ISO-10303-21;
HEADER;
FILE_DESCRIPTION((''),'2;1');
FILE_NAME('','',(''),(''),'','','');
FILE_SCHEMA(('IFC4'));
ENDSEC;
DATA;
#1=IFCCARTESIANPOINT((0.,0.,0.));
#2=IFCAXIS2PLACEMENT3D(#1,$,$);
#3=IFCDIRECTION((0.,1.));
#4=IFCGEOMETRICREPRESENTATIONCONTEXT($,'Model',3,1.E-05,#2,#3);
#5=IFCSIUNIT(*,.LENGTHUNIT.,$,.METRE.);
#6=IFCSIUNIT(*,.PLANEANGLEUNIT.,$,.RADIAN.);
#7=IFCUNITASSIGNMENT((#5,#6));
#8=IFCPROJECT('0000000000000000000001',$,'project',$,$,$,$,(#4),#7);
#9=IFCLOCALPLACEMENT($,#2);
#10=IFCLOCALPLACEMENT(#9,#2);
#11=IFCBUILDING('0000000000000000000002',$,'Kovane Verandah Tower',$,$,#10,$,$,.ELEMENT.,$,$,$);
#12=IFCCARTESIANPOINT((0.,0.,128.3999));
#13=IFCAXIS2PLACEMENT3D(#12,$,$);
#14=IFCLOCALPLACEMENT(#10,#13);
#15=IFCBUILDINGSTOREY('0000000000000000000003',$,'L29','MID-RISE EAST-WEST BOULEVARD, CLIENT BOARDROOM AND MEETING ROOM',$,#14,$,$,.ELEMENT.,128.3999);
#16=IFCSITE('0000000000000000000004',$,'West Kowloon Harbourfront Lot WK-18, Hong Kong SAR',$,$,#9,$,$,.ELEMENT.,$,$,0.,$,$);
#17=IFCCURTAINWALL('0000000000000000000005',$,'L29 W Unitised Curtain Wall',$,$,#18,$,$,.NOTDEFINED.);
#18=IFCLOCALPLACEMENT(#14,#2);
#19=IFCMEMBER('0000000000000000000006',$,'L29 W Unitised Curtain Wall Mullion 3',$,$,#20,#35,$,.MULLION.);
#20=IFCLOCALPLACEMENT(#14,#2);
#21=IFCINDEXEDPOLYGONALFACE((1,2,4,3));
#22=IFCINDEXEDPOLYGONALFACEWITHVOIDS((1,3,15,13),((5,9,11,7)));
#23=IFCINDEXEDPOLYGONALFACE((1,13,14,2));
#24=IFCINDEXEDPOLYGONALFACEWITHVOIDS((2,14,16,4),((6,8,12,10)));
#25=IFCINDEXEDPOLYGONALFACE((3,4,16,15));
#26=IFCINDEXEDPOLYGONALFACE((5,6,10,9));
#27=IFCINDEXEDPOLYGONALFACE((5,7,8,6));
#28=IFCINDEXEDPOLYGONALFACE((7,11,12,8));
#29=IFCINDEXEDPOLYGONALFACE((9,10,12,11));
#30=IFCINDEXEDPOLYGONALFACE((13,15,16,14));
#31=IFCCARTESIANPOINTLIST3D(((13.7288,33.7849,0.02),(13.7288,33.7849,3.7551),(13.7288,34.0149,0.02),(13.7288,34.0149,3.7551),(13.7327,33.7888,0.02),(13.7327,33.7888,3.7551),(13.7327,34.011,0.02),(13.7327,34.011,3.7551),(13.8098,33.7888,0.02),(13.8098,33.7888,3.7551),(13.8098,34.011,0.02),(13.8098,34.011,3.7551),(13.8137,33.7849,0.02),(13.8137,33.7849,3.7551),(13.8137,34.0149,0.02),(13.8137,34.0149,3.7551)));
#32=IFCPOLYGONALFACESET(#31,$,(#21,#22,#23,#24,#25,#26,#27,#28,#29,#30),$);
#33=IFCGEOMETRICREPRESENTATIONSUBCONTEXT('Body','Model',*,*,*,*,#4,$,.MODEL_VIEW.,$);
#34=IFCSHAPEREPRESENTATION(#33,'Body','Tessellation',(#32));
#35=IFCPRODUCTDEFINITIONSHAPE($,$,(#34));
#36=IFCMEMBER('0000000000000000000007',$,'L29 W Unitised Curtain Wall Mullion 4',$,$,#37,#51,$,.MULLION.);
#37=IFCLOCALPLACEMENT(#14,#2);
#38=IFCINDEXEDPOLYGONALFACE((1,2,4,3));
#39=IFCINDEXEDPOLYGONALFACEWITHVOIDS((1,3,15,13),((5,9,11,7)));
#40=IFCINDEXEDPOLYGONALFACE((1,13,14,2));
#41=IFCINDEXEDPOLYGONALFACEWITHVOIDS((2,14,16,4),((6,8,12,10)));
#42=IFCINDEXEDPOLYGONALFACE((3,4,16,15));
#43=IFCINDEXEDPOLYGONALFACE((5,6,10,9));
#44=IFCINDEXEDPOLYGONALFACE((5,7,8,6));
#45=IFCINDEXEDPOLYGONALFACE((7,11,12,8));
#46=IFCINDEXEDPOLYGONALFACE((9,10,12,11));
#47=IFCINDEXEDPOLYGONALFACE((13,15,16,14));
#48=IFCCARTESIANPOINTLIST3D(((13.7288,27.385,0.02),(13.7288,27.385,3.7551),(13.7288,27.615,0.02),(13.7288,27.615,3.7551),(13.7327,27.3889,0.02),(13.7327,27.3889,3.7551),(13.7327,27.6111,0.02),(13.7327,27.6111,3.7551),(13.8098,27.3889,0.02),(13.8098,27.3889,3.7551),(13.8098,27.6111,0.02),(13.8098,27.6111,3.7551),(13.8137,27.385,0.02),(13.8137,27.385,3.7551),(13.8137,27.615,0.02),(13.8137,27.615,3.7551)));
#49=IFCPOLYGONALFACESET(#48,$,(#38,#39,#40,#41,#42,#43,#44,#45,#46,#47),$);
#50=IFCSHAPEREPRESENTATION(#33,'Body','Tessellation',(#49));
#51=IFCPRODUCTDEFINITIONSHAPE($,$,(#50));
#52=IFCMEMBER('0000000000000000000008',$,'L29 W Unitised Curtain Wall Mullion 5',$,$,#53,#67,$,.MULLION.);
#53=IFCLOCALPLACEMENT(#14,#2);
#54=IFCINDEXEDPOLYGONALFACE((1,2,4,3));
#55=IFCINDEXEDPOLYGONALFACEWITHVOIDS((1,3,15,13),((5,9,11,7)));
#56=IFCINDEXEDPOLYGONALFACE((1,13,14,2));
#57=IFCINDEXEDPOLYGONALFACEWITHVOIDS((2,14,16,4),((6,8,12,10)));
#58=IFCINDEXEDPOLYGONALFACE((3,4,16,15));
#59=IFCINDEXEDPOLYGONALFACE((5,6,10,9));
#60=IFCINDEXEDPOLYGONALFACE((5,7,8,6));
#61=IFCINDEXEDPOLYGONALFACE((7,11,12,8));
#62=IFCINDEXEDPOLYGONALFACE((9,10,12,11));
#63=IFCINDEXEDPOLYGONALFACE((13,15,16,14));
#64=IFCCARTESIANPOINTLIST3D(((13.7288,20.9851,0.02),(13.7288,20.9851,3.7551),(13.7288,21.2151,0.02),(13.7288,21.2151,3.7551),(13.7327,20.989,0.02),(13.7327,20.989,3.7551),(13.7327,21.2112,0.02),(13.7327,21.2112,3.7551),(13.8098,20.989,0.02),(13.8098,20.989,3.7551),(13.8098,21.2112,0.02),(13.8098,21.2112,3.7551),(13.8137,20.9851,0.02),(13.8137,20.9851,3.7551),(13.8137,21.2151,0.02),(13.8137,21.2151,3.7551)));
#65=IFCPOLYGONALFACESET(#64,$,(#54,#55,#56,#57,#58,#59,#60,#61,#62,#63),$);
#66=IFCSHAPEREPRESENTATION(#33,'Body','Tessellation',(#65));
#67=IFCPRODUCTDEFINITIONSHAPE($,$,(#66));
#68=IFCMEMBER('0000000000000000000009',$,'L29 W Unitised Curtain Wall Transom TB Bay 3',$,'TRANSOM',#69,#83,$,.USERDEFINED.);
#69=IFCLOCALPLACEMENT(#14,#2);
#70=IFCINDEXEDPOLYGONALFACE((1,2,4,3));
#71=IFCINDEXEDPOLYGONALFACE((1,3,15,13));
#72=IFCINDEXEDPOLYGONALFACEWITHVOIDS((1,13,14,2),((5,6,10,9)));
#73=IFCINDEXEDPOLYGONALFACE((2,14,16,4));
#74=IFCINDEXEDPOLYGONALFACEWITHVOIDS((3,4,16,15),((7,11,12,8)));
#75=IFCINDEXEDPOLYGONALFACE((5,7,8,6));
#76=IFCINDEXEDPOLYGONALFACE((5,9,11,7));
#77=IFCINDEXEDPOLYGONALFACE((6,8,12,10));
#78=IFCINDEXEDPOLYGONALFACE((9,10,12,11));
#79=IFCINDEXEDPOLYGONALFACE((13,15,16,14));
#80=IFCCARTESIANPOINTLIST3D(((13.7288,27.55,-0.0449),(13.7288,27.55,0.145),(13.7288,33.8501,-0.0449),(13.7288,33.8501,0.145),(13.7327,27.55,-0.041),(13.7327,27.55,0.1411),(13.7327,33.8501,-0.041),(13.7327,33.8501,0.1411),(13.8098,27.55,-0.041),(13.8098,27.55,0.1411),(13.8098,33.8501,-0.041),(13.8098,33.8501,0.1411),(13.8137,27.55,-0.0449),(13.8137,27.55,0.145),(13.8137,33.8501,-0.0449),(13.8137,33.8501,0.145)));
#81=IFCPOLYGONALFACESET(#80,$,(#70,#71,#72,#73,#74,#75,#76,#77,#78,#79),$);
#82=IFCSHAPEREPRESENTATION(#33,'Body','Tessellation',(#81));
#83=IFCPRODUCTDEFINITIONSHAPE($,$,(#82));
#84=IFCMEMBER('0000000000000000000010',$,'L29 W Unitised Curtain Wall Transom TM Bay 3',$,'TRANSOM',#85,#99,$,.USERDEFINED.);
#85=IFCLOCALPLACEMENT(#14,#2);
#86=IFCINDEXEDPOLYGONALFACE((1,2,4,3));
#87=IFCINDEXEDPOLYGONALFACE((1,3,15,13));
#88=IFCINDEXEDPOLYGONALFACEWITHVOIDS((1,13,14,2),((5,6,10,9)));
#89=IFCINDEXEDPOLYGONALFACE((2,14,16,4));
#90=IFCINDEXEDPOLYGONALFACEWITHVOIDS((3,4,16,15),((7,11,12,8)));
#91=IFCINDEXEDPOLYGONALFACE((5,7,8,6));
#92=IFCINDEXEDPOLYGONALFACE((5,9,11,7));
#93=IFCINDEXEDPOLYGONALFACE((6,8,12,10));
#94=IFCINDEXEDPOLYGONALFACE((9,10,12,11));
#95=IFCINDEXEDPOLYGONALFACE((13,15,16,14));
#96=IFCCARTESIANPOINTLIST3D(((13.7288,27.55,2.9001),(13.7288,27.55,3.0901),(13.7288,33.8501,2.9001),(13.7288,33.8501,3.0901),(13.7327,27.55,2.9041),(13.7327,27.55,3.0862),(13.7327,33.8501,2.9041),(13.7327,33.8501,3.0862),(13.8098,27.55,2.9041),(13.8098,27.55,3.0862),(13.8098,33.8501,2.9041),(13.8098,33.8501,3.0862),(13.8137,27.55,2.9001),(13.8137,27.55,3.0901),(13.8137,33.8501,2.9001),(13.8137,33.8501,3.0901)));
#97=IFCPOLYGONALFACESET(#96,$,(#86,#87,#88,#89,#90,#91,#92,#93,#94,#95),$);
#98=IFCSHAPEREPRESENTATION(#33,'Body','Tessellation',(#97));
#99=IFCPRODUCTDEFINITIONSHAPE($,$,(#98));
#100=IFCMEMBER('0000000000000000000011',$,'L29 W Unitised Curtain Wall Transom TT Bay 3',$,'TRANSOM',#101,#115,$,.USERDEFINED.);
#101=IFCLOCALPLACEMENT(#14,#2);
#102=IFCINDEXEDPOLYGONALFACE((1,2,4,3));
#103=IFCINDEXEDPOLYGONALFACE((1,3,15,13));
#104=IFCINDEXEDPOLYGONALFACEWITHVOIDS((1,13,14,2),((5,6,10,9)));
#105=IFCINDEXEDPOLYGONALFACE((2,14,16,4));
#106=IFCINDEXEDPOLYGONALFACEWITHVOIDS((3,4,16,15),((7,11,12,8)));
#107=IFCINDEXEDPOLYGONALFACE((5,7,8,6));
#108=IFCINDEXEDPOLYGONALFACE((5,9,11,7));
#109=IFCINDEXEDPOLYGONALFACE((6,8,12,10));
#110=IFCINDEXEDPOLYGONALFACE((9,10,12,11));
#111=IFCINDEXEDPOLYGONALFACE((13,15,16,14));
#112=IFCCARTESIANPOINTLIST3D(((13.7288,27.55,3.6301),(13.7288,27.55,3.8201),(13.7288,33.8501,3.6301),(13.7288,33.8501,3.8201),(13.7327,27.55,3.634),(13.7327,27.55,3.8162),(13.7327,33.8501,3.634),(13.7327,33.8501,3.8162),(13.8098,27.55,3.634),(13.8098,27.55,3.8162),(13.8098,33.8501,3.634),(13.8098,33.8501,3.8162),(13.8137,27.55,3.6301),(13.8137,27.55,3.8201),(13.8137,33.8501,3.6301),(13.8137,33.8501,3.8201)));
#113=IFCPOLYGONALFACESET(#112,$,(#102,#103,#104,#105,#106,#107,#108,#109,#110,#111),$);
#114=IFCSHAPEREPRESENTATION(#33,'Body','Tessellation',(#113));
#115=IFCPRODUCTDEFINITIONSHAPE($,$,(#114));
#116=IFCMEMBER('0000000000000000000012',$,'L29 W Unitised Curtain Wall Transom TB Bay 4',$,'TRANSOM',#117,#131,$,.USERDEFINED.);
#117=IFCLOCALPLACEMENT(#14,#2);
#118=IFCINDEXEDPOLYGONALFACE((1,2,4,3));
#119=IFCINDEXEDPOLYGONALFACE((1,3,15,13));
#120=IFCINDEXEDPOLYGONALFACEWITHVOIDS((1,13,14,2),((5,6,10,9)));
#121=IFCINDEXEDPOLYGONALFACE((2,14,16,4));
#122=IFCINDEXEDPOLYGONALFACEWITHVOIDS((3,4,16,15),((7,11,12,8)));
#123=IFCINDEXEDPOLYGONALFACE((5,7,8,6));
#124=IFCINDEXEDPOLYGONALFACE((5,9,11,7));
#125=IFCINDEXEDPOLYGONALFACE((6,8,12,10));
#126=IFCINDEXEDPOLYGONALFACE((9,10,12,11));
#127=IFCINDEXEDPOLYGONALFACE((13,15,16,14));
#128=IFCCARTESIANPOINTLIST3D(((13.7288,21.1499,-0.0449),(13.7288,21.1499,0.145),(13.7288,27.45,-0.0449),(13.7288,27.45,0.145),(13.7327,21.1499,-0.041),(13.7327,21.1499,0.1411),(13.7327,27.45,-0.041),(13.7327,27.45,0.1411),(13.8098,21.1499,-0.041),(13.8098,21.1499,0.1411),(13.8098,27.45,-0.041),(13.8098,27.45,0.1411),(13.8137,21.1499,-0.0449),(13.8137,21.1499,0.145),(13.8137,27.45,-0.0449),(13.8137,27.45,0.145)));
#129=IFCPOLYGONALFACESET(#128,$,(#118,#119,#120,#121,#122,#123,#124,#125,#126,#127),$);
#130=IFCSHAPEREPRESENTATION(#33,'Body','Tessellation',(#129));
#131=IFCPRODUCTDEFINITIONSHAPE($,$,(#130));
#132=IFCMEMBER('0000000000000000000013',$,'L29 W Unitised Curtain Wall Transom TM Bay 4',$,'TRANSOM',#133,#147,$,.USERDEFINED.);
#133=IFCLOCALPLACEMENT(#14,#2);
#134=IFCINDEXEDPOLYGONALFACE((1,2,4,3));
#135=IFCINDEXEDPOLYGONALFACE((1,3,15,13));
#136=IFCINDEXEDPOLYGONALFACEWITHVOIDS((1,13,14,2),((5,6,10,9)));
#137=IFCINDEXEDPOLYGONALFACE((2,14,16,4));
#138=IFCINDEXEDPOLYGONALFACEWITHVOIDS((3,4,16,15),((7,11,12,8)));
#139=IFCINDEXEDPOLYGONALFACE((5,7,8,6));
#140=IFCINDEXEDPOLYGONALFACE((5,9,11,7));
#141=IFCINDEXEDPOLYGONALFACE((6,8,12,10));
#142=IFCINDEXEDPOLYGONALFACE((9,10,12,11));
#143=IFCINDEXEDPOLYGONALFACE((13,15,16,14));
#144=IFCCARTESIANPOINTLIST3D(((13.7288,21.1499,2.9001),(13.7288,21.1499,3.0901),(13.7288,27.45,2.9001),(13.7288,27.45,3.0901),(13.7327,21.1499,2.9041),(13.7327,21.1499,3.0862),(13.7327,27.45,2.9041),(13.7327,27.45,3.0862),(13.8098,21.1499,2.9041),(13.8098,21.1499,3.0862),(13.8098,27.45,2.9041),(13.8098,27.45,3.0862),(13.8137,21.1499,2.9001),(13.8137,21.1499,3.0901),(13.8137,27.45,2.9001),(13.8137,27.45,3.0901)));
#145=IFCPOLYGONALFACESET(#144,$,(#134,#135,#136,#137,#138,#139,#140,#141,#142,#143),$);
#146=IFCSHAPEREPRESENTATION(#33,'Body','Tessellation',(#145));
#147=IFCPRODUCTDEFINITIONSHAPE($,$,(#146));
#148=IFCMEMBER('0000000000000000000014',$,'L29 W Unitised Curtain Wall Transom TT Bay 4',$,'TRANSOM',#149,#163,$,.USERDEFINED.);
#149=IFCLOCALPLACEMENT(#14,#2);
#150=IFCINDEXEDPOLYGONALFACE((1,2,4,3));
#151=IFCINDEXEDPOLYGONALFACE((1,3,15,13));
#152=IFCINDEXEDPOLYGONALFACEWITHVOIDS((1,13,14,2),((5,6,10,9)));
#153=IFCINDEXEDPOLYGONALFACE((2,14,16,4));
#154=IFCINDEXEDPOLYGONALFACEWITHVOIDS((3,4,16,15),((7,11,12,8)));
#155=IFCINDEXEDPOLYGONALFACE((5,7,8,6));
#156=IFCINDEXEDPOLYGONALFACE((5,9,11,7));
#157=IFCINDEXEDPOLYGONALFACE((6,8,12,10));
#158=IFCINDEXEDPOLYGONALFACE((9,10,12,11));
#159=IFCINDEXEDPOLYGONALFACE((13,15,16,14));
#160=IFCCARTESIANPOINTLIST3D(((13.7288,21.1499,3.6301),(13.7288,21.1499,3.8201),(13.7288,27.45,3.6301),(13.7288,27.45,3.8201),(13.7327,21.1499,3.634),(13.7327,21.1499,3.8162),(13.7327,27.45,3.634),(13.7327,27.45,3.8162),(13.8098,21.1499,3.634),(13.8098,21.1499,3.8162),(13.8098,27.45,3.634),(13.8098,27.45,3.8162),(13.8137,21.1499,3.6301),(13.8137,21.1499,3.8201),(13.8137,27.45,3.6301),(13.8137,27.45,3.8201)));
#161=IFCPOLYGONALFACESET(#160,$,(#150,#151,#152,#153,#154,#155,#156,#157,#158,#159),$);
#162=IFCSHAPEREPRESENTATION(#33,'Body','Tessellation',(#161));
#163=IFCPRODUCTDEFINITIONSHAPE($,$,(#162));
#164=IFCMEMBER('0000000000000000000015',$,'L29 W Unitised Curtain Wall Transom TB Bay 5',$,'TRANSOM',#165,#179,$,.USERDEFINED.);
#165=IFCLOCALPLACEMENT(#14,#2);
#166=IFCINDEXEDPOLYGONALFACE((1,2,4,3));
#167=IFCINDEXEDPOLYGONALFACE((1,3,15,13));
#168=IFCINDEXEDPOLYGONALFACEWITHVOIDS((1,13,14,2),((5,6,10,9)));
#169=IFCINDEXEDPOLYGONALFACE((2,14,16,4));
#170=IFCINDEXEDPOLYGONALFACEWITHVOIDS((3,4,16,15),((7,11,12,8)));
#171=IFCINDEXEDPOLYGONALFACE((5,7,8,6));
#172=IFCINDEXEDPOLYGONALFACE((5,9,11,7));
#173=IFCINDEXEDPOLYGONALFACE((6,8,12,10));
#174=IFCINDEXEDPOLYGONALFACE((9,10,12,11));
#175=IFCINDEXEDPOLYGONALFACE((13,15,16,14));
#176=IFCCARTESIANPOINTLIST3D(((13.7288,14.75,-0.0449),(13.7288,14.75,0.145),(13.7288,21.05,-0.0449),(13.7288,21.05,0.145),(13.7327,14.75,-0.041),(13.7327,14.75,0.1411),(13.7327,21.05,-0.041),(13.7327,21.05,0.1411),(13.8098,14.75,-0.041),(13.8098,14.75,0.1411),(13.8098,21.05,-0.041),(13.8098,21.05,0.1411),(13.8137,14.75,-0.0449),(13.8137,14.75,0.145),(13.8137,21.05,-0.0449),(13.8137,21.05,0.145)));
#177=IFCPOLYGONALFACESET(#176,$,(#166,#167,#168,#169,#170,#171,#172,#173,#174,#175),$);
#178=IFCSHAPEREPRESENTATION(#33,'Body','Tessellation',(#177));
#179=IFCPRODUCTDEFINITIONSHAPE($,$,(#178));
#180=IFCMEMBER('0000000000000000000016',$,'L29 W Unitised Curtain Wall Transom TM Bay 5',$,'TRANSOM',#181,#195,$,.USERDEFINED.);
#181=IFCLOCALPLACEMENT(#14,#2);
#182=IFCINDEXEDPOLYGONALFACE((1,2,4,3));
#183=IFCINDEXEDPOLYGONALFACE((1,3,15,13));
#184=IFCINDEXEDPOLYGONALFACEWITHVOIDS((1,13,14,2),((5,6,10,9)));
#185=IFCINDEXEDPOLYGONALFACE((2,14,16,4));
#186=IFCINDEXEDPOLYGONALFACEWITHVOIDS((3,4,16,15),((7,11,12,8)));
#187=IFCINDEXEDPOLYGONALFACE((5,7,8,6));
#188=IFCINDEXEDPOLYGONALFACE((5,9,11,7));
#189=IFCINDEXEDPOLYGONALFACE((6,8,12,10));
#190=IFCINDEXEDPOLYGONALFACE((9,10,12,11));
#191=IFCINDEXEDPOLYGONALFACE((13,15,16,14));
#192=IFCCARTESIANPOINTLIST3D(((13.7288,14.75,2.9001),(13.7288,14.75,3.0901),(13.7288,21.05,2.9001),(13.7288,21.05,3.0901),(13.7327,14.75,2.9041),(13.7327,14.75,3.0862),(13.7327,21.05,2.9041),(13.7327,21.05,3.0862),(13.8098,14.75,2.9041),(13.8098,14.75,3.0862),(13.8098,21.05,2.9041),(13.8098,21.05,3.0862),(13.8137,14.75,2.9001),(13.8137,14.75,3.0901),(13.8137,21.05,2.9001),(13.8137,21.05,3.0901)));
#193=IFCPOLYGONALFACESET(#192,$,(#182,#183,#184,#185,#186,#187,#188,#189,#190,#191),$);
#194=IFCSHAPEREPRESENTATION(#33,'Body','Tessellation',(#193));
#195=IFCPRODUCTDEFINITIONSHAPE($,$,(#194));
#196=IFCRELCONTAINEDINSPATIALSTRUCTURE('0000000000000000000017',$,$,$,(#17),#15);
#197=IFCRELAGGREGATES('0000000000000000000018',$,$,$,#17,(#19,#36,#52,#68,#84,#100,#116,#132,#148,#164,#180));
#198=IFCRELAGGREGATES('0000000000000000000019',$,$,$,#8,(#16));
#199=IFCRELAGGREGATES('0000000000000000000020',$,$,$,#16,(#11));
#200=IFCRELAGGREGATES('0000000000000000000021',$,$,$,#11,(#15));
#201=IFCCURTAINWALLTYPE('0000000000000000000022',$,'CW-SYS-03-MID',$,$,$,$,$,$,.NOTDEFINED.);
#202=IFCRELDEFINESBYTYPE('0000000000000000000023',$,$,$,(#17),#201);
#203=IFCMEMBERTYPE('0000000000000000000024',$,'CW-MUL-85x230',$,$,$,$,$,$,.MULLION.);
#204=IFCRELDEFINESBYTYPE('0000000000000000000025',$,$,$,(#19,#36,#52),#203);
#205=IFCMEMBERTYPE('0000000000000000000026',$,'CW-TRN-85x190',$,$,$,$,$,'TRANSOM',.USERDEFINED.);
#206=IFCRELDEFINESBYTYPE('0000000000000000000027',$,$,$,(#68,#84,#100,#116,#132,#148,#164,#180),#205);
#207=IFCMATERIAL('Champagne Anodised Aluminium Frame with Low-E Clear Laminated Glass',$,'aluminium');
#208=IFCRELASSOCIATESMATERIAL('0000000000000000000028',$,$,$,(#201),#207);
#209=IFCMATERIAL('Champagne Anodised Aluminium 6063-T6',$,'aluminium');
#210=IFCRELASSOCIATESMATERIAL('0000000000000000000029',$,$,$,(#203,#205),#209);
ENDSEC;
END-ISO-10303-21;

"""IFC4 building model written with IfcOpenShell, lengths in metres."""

from ifc_helpers import new_model, si_unit, direction, frame, origin, origin_2d, place, context, subcontext, project, spatial, hollow_rectangle, extrude, material, material_profile, profile_set, type_object, element, aggregate, save


model = new_model("IFC4")

# Units and contexts
model_context = context("Model", 3, precision=1e-05, world=origin(), true_north=direction((0.0, 1.0)))
body_context = subcontext(model_context, "Body", "Model", "MODEL_VIEW")
ifc_project = project(units=[si_unit("LENGTHUNIT", "METRE"), si_unit("PLANEANGLEUNIT", "RADIAN")], contexts=[model_context])

# Site, building, storey
site_placement = place(None, origin())
site = spatial("IfcSite", under=ifc_project, at=site_placement, Name="West Kowloon Harbourfront Lot WK-18, Hong Kong SAR", CompositionType="ELEMENT", RefElevation=0.0)
building_placement = place(site_placement, origin())
building = spatial("IfcBuilding", under=site, at=building_placement, Name="Kovane Verandah Tower", CompositionType="ELEMENT")
storey_placement = place(building_placement, frame((0.0, 0.0, 128.3999)))
storey = spatial("IfcBuildingStorey", under=building, at=storey_placement, Name="L29", Description="MID-RISE EAST-WEST BOULEVARD, CLIENT BOARDROOM AND MEETING ROOM", CompositionType="ELEMENT", Elevation=128.3999)

# Curtain wall, members
ifc_material_1 = material(Name="Champagne Anodised Aluminium Frame with Low-E Clear Laminated Glass", Category="aluminium")
curtain_wall_type = type_object("IfcCurtainWallType", Name="CW-SYS-03-MID", PredefinedType="NOTDEFINED", material=ifc_material_1)
curtain_wall_placement = place(storey_placement, origin())
curtain_wall = element("IfcCurtainWall", 1, at=curtain_wall_placement, inside=storey, type_object=curtain_wall_type, Name="L29 W Unitised Curtain Wall", PredefinedType="NOTDEFINED")
ifc_material_2 = material(Name="Champagne Anodised Aluminium 6063-T6", Category="aluminium")
ifc_material_profile_1 = material_profile(ifc_material_2, hollow_rectangle(XDim=0.085, YDim=0.23, WallThickness=0.0039, at=origin_2d()), Name="AL85x230x4")
ifc_profile_set_1 = profile_set([ifc_material_profile_1], Name="Champagne Anodised Aluminium 6063-T6")
member_type_1 = type_object("IfcMemberType", Name="CW-MUL-85x230", PredefinedType="MULLION", material=ifc_profile_set_1)
member_1_placement = place(storey_placement, frame((13.7712, 33.8999, 0.02), z_axis=(0.0, 0.0, 1.0), x_axis=(-1.0, 0.0, 0.0)))
member_1 = element("IfcMember", 2, at=member_1_placement, type_object=member_type_1, Name="L29 W Unitised Curtain Wall Mullion 3", PredefinedType="MULLION", context=body_context, shape_type="SweptSolid", body=[
    extrude(hollow_rectangle(XDim=0.085, YDim=0.23, WallThickness=0.0039, at=origin_2d()), origin(), (0.0, 0.0, 1.0), 3.7351),
])
member_2_placement = place(storey_placement, frame((13.7712, 27.5, 0.02), z_axis=(0.0, 0.0, 1.0), x_axis=(-1.0, 0.0, 0.0)))
member_2 = element("IfcMember", 3, at=member_2_placement, type_object=member_type_1, Name="L29 W Unitised Curtain Wall Mullion 4", PredefinedType="MULLION", context=body_context, shape_type="SweptSolid", body=[
    extrude(hollow_rectangle(XDim=0.085, YDim=0.23, WallThickness=0.0039, at=origin_2d()), origin(), (0.0, 0.0, 1.0), 3.7351),
])
member_3_placement = place(storey_placement, frame((13.7712, 21.1001, 0.02), z_axis=(0.0, 0.0, 1.0), x_axis=(-1.0, 0.0, 0.0)))
member_3 = element("IfcMember", 4, at=member_3_placement, type_object=member_type_1, Name="L29 W Unitised Curtain Wall Mullion 5", PredefinedType="MULLION", context=body_context, shape_type="SweptSolid", body=[
    extrude(hollow_rectangle(XDim=0.085, YDim=0.23, WallThickness=0.0039, at=origin_2d()), origin(), (0.0, 0.0, 1.0), 3.7351),
])
ifc_material_profile_2 = material_profile(ifc_material_2, hollow_rectangle(XDim=0.085, YDim=0.1899, WallThickness=0.0039, at=origin_2d()), Name="AL85x190x4")
ifc_profile_set_2 = profile_set([ifc_material_profile_2], Name="Champagne Anodised Aluminium 6063-T6")
member_type_2 = type_object("IfcMemberType", Name="CW-TRN-85x190", ElementType="TRANSOM", PredefinedType="USERDEFINED", material=ifc_profile_set_2)
member_4_placement = place(storey_placement, frame((13.7712, 33.8501, 0.05), z_axis=(0.0, -1.0, 0.0), x_axis=(1.0, 0.0, 0.0)))
member_4 = element("IfcMember", 5, at=member_4_placement, type_object=member_type_2, Name="L29 W Unitised Curtain Wall Transom TB Bay 3", ObjectType="TRANSOM", PredefinedType="USERDEFINED", context=body_context, shape_type="SweptSolid", body=[
    extrude(hollow_rectangle(XDim=0.085, YDim=0.1899, WallThickness=0.0039, at=origin_2d()), origin(), (0.0, 0.0, 1.0), 6.3),
])
member_5_placement = place(storey_placement, frame((13.7712, 33.8501, 2.9951), z_axis=(0.0, -1.0, 0.0), x_axis=(1.0, 0.0, 0.0)))
member_5 = element("IfcMember", 6, at=member_5_placement, type_object=member_type_2, Name="L29 W Unitised Curtain Wall Transom TM Bay 3", ObjectType="TRANSOM", PredefinedType="USERDEFINED", context=body_context, shape_type="SweptSolid", body=[
    extrude(hollow_rectangle(XDim=0.085, YDim=0.1899, WallThickness=0.0039, at=origin_2d()), origin(), (0.0, 0.0, 1.0), 6.3),
])
member_6_placement = place(storey_placement, frame((13.7712, 33.8501, 3.7251), z_axis=(0.0, -1.0, 0.0), x_axis=(1.0, 0.0, 0.0)))
member_6 = element("IfcMember", 7, at=member_6_placement, type_object=member_type_2, Name="L29 W Unitised Curtain Wall Transom TT Bay 3", ObjectType="TRANSOM", PredefinedType="USERDEFINED", context=body_context, shape_type="SweptSolid", body=[
    extrude(hollow_rectangle(XDim=0.085, YDim=0.1899, WallThickness=0.0039, at=origin_2d()), origin(), (0.0, 0.0, 1.0), 6.3),
])
member_7_placement = place(storey_placement, frame((13.7712, 27.45, 0.05), z_axis=(0.0, -1.0, 0.0), x_axis=(1.0, 0.0, 0.0)))
member_7 = element("IfcMember", 8, at=member_7_placement, type_object=member_type_2, Name="L29 W Unitised Curtain Wall Transom TB Bay 4", ObjectType="TRANSOM", PredefinedType="USERDEFINED", context=body_context, shape_type="SweptSolid", body=[
    extrude(hollow_rectangle(XDim=0.085, YDim=0.1899, WallThickness=0.0039, at=origin_2d()), origin(), (0.0, 0.0, 1.0), 6.3),
])
member_8_placement = place(storey_placement, frame((13.7712, 27.45, 2.9951), z_axis=(0.0, -1.0, 0.0), x_axis=(1.0, 0.0, 0.0)))
member_8 = element("IfcMember", 9, at=member_8_placement, type_object=member_type_2, Name="L29 W Unitised Curtain Wall Transom TM Bay 4", ObjectType="TRANSOM", PredefinedType="USERDEFINED", context=body_context, shape_type="SweptSolid", body=[
    extrude(hollow_rectangle(XDim=0.085, YDim=0.1899, WallThickness=0.0039, at=origin_2d()), origin(), (0.0, 0.0, 1.0), 6.3),
])
member_9_placement = place(storey_placement, frame((13.7712, 27.45, 3.7251), z_axis=(0.0, -1.0, 0.0), x_axis=(1.0, 0.0, 0.0)))
member_9 = element("IfcMember", 10, at=member_9_placement, type_object=member_type_2, Name="L29 W Unitised Curtain Wall Transom TT Bay 4", ObjectType="TRANSOM", PredefinedType="USERDEFINED", context=body_context, shape_type="SweptSolid", body=[
    extrude(hollow_rectangle(XDim=0.085, YDim=0.1899, WallThickness=0.0039, at=origin_2d()), origin(), (0.0, 0.0, 1.0), 6.3),
])
member_10_placement = place(storey_placement, frame((13.7712, 21.05, 0.05), z_axis=(0.0, -1.0, 0.0), x_axis=(1.0, 0.0, 0.0)))
member_10 = element("IfcMember", 11, at=member_10_placement, type_object=member_type_2, Name="L29 W Unitised Curtain Wall Transom TB Bay 5", ObjectType="TRANSOM", PredefinedType="USERDEFINED", context=body_context, shape_type="SweptSolid", body=[
    extrude(hollow_rectangle(XDim=0.085, YDim=0.1899, WallThickness=0.0039, at=origin_2d()), origin(), (0.0, 0.0, 1.0), 6.3),
])
member_11_placement = place(storey_placement, frame((13.7712, 21.05, 2.9951), z_axis=(0.0, -1.0, 0.0), x_axis=(1.0, 0.0, 0.0)))
member_11 = element("IfcMember", 12, at=member_11_placement, type_object=member_type_2, Name="L29 W Unitised Curtain Wall Transom TM Bay 5", ObjectType="TRANSOM", PredefinedType="USERDEFINED", context=body_context, shape_type="SweptSolid", body=[
    extrude(hollow_rectangle(XDim=0.085, YDim=0.1899, WallThickness=0.0039, at=origin_2d()), origin(), (0.0, 0.0, 1.0), 6.3),
])
aggregate(curtain_wall, [member_1, member_2, member_3, member_4, member_5, member_6, member_7, member_8, member_9, member_10, member_11])

save(model, "model.ifc")
